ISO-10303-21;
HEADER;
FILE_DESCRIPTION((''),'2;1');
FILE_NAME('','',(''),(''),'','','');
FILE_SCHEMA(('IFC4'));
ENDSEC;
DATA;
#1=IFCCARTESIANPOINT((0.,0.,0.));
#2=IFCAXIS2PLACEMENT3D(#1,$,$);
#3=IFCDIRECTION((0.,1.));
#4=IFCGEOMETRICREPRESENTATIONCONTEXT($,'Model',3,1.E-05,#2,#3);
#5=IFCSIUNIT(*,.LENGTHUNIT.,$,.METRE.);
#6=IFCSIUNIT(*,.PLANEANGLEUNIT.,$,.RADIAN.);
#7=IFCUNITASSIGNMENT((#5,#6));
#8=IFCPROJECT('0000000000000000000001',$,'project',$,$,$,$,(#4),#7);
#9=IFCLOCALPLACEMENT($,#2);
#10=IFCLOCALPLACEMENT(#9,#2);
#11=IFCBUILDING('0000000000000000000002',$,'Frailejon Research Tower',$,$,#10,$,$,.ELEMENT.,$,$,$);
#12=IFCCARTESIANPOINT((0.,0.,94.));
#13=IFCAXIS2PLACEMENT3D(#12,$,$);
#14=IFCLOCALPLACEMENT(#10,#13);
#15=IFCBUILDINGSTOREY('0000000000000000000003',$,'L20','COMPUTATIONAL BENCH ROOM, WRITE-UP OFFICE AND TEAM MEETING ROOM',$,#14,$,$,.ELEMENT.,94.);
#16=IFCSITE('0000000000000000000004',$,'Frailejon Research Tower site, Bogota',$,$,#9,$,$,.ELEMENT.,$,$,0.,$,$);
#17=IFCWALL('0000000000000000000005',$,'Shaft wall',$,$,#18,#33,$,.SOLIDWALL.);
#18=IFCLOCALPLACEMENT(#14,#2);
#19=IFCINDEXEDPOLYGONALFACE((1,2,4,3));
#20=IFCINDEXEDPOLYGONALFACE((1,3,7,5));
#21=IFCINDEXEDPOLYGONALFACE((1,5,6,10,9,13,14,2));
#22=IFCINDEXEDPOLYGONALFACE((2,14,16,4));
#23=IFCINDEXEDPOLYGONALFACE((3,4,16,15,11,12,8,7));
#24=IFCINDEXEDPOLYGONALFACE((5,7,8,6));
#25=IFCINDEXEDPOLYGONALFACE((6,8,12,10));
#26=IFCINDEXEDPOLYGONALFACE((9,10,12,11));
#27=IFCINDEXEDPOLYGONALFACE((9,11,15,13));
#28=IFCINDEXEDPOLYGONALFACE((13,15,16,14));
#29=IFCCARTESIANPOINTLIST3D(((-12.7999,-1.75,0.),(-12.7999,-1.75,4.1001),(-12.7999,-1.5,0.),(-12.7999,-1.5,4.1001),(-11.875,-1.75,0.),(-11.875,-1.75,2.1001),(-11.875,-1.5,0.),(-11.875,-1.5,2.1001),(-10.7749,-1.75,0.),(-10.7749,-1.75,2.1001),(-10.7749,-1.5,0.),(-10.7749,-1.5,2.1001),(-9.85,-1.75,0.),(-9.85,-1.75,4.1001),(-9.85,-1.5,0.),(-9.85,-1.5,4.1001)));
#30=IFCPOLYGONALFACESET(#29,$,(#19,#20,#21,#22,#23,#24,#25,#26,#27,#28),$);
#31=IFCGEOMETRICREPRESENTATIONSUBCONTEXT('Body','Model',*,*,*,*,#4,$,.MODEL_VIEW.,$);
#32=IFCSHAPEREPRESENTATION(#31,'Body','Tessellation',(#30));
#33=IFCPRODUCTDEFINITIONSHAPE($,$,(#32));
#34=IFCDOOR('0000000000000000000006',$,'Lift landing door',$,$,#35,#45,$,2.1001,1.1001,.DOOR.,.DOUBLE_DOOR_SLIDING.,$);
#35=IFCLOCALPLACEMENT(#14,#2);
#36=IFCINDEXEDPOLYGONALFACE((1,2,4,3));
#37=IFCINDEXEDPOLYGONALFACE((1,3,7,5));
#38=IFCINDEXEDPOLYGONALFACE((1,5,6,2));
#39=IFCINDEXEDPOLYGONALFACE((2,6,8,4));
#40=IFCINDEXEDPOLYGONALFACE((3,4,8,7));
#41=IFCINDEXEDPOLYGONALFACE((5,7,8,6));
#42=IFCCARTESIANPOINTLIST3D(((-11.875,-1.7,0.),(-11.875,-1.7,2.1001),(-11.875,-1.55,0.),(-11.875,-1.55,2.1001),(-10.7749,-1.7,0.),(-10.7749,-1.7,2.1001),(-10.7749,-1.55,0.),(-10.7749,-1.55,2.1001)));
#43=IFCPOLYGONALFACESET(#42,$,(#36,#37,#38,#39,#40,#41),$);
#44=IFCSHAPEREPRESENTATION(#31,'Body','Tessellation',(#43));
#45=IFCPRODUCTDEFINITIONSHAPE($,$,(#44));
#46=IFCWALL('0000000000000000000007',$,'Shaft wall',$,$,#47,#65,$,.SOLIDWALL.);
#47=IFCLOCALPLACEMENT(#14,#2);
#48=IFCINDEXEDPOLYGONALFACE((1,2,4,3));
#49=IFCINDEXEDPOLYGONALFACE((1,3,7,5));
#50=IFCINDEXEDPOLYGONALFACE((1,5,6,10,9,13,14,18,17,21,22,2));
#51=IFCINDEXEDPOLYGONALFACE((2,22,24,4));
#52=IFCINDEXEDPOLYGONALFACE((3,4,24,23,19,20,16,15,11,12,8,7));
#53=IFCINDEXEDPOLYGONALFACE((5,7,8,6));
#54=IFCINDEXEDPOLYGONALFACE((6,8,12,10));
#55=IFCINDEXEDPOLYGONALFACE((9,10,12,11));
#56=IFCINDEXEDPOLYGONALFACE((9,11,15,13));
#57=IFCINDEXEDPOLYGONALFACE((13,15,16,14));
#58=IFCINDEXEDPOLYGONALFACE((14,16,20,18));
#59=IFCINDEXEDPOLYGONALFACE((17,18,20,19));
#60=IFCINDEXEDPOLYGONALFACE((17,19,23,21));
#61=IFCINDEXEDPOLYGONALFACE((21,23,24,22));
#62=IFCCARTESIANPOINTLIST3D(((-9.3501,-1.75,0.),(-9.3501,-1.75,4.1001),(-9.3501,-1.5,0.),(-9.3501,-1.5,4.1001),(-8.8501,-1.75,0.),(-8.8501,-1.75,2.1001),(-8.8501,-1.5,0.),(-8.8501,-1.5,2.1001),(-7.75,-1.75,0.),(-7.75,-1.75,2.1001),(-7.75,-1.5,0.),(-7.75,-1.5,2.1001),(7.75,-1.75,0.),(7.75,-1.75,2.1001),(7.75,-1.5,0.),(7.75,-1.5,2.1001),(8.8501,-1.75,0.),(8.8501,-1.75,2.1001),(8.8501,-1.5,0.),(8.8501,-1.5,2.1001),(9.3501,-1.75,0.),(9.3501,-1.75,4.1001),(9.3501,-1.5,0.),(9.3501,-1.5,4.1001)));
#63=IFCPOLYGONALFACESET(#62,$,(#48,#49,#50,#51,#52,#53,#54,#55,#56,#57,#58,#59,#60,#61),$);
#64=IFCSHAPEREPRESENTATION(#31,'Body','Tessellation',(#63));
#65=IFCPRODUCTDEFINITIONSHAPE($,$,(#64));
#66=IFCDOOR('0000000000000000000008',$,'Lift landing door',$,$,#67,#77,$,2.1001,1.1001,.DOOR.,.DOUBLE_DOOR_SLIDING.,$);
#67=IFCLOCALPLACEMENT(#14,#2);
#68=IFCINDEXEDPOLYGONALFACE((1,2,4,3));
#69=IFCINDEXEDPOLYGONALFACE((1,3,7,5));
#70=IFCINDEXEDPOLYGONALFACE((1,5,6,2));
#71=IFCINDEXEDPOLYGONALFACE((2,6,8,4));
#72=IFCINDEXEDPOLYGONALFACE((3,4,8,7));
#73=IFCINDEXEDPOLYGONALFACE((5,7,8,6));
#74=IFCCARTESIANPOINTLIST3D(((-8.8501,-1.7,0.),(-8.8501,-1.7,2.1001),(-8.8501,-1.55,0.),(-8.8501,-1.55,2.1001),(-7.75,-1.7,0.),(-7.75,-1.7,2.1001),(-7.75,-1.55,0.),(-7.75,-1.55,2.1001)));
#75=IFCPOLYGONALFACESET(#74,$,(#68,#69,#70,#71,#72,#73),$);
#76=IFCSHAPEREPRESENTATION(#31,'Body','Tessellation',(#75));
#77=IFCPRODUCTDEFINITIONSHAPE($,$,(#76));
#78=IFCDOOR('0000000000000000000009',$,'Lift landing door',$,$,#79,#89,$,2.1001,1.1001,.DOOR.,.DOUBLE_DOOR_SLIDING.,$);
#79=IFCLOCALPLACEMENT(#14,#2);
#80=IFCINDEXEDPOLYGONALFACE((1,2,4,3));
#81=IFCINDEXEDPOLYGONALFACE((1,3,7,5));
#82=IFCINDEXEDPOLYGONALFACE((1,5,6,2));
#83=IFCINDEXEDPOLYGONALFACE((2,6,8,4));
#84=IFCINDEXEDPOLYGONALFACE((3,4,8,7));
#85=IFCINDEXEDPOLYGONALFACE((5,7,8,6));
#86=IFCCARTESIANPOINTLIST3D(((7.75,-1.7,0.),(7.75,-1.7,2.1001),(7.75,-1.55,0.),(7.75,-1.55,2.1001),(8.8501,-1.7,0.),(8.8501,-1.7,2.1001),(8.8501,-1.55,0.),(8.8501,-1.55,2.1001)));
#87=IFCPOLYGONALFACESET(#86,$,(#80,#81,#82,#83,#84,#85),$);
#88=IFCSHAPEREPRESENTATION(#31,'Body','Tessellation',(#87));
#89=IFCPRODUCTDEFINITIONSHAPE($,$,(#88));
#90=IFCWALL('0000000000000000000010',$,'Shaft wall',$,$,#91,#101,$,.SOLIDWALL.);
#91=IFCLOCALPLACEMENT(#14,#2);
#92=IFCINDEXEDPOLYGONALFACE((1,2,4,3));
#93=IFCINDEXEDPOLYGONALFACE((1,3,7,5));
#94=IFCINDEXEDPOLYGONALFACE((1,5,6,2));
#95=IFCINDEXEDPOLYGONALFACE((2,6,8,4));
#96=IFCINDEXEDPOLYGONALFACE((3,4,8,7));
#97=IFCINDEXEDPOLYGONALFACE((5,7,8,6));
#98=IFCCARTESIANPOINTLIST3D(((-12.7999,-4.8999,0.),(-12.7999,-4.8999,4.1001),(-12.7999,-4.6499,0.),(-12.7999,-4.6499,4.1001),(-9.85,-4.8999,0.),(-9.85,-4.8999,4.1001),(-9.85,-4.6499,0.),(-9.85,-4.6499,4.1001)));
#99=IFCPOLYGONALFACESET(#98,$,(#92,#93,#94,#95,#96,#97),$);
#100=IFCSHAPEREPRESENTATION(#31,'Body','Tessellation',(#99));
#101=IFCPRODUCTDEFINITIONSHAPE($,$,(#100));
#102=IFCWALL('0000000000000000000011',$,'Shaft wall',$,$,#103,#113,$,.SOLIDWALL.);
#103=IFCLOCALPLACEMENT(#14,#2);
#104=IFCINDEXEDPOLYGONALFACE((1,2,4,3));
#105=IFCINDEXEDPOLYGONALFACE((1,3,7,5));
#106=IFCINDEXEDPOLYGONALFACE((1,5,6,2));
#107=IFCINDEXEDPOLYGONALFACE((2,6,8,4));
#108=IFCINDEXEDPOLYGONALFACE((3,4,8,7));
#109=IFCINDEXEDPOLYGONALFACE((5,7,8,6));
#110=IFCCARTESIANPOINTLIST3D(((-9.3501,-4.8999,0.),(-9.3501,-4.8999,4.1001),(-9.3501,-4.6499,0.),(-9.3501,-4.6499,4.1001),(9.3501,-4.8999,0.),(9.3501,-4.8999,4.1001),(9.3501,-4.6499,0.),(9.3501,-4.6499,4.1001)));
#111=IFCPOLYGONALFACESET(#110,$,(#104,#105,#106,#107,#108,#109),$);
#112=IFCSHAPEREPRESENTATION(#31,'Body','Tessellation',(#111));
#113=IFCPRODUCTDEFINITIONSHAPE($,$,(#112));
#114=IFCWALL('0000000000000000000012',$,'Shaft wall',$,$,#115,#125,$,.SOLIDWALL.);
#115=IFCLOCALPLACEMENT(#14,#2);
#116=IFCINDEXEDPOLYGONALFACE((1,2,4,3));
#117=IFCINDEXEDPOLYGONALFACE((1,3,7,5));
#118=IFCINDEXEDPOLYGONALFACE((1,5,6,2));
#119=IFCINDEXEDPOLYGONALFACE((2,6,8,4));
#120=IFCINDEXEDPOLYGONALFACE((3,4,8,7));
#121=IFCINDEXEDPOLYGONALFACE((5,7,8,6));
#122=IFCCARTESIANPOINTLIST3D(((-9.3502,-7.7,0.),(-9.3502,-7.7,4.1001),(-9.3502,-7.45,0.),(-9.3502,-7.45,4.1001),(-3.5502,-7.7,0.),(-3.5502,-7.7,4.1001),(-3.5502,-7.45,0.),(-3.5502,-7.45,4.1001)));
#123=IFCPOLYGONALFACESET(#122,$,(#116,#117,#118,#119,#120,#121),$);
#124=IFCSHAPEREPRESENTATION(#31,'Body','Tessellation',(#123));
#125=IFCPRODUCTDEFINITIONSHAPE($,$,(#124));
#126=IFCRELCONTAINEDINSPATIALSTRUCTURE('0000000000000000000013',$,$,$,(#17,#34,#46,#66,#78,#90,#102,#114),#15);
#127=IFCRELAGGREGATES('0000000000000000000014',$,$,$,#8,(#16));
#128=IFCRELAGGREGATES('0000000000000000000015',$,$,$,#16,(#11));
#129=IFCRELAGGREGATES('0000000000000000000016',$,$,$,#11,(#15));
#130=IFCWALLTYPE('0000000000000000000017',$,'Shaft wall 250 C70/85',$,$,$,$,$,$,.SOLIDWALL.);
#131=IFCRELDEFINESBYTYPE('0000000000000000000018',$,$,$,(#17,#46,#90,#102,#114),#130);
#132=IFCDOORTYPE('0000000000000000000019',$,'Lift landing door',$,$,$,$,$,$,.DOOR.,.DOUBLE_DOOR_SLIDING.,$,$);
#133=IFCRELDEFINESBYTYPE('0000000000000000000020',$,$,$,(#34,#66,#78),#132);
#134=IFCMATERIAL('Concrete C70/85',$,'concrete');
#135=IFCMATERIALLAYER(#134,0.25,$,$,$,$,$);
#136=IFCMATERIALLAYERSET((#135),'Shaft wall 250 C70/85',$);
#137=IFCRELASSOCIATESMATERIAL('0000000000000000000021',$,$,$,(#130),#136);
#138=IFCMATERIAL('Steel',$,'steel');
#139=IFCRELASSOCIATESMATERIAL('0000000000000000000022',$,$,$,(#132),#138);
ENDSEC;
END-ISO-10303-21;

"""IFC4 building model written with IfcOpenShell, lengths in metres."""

from ifc_helpers import new_model, si_unit, direction, frame, frame_2d, origin, place, context, subcontext, project, spatial, rectangle, extrude, material, layer, layer_set, type_object, element, fill, save


model = new_model("IFC4")

# Units and contexts
model_context = context("Model", 3, precision=1e-05, world=origin(), true_north=direction((0.0, 1.0)))
body_context = subcontext(model_context, "Body", "Model", "MODEL_VIEW")
ifc_project = project(units=[si_unit("LENGTHUNIT", "METRE"), si_unit("PLANEANGLEUNIT", "RADIAN")], contexts=[model_context])

# Site, building, storey
site_placement = place(None, origin())
site = spatial("IfcSite", under=ifc_project, at=site_placement, Name="Frailejon Research Tower site, Bogota", CompositionType="ELEMENT", RefElevation=0.0)
building_placement = place(site_placement, origin())
building = spatial("IfcBuilding", under=site, at=building_placement, Name="Frailejon Research Tower", CompositionType="ELEMENT")
storey_placement = place(building_placement, frame((0.0, 0.0, 94.0)))
storey = spatial("IfcBuildingStorey", under=building, at=storey_placement, Name="L20", Description="COMPUTATIONAL BENCH ROOM, WRITE-UP OFFICE AND TEAM MEETING ROOM", CompositionType="ELEMENT", Elevation=94.0)

# Wall, opening, door
ifc_material_1 = material(Name="Concrete C70/85", Category="concrete")
ifc_layer = layer(ifc_material_1, 0.25)
ifc_layer_set = layer_set([ifc_layer], Name="Shaft wall 250 C70/85")
wall_type = type_object("IfcWallType", Name="Shaft wall 250 C70/85", PredefinedType="SOLIDWALL", material=ifc_layer_set)
wall_1_placement = place(storey_placement, frame((-12.8, -1.625, 0.0), z_axis=(0.0, 0.0, 1.0), x_axis=(1.0, 0.0, 0.0)))
wall_1 = element("IfcWall", 1, at=wall_1_placement, inside=storey, type_object=wall_type, Name="Shaft wall", PredefinedType="SOLIDWALL", context=body_context, shape_type="SweptSolid", body=[
    extrude(rectangle(XDim=2.95, YDim=0.25, at=frame_2d((1.4751, 0.0))), origin(), (0.0, 0.0, 1.0), 4.1001),
])
opening_1_placement = place(wall_1_placement, frame((0.925, 0.0, 0.0)))
opening_1 = element("IfcOpeningElement", 2, at=opening_1_placement, cuts=wall_1, PredefinedType="OPENING", context=body_context, shape_type="SweptSolid", body=[
    extrude(rectangle(XDim=1.1001, YDim=2.1001, at=frame_2d((0.55, 1.05))), frame((0.0, 0.135, 0.0), z_axis=(0.0, -1.0, 0.0), x_axis=(1.0, 0.0, 0.0)), (0.0, 0.0, 1.0), 0.27),
])
ifc_material_2 = material(Name="Steel", Category="steel")
door_type = type_object("IfcDoorType", Name="Lift landing door", OperationType="DOUBLE_DOOR_SLIDING", PredefinedType="DOOR", material=ifc_material_2)
door_1_placement = place(opening_1_placement, origin())
door_1 = element("IfcDoor", 3, at=door_1_placement, inside=storey, type_object=door_type, Name="Lift landing door", OperationType="DOUBLE_DOOR_SLIDING", OverallHeight=2.1001, OverallWidth=1.1001, PredefinedType="DOOR", context=body_context, shape_type="SweptSolid", body=[
    extrude(rectangle(XDim=1.1001, YDim=2.1001, at=frame_2d((0.55, 1.05))), frame((0.0, 0.075, 0.0), z_axis=(0.0, -1.0, 0.0), x_axis=(1.0, 0.0, 0.0)), (0.0, 0.0, 1.0), 0.1499),
])
fill(opening_1, door_1)

# Wall, openings, doors
wall_2_placement = place(storey_placement, frame((-9.3501, -1.625, 0.0), z_axis=(0.0, 0.0, 1.0), x_axis=(1.0, 0.0, 0.0)))
wall_2 = element("IfcWall", 4, at=wall_2_placement, inside=storey, type_object=wall_type, Name="Shaft wall", PredefinedType="SOLIDWALL", context=body_context, shape_type="SweptSolid", body=[
    extrude(rectangle(XDim=18.7002, YDim=0.25, at=frame_2d((9.3501, 0.0))), origin(), (0.0, 0.0, 1.0), 4.1001),
])
opening_2_placement = place(wall_2_placement, frame((0.5, 0.0, 0.0)))
opening_2 = element("IfcOpeningElement", 5, at=opening_2_placement, cuts=wall_2, PredefinedType="OPENING", context=body_context, shape_type="SweptSolid", body=[
    extrude(rectangle(XDim=1.1001, YDim=2.1001, at=frame_2d((0.55, 1.05))), frame((0.0, 0.135, 0.0), z_axis=(0.0, -1.0, 0.0), x_axis=(1.0, 0.0, 0.0)), (0.0, 0.0, 1.0), 0.27),
])
opening_3_placement = place(wall_2_placement, frame((17.1001, 0.0, 0.0)))
opening_3 = element("IfcOpeningElement", 6, at=opening_3_placement, cuts=wall_2, PredefinedType="OPENING", context=body_context, shape_type="SweptSolid", body=[
    extrude(rectangle(XDim=1.1001, YDim=2.1001, at=frame_2d((0.55, 1.05))), frame((0.0, 0.135, 0.0), z_axis=(0.0, -1.0, 0.0), x_axis=(1.0, 0.0, 0.0)), (0.0, 0.0, 1.0), 0.27),
])
door_2_placement = place(opening_2_placement, origin())
door_2 = element("IfcDoor", 7, at=door_2_placement, inside=storey, type_object=door_type, Name="Lift landing door", OperationType="DOUBLE_DOOR_SLIDING", OverallHeight=2.1001, OverallWidth=1.1001, PredefinedType="DOOR", context=body_context, shape_type="SweptSolid", body=[
    extrude(rectangle(XDim=1.1001, YDim=2.1001, at=frame_2d((0.55, 1.05))), frame((0.0, 0.075, 0.0), z_axis=(0.0, -1.0, 0.0), x_axis=(1.0, 0.0, 0.0)), (0.0, 0.0, 1.0), 0.1499),
])
fill(opening_2, door_2)
door_3_placement = place(opening_3_placement, origin())
door_3 = element("IfcDoor", 8, at=door_3_placement, inside=storey, type_object=door_type, Name="Lift landing door", OperationType="DOUBLE_DOOR_SLIDING", OverallHeight=2.1001, OverallWidth=1.1001, PredefinedType="DOOR", context=body_context, shape_type="SweptSolid", body=[
    extrude(rectangle(XDim=1.1001, YDim=2.1001, at=frame_2d((0.55, 1.05))), frame((0.0, 0.075, 0.0), z_axis=(0.0, -1.0, 0.0), x_axis=(1.0, 0.0, 0.0)), (0.0, 0.0, 1.0), 0.1499),
])
fill(opening_3, door_3)

# Walls
wall_3_placement = place(storey_placement, frame((-12.8, -4.7749, 0.0), z_axis=(0.0, 0.0, 1.0), x_axis=(1.0, 0.0, 0.0)))
element("IfcWall", 9, at=wall_3_placement, inside=storey, type_object=wall_type, Name="Shaft wall", PredefinedType="SOLIDWALL", context=body_context, shape_type="SweptSolid", body=[
    extrude(rectangle(XDim=2.95, YDim=0.25, at=frame_2d((1.4751, 0.0))), origin(), (0.0, 0.0, 1.0), 4.1001),
])
wall_4_placement = place(storey_placement, frame((-9.3501, -4.7749, 0.0), z_axis=(0.0, 0.0, 1.0), x_axis=(1.0, 0.0, 0.0)))
element("IfcWall", 10, at=wall_4_placement, inside=storey, type_object=wall_type, Name="Shaft wall", PredefinedType="SOLIDWALL", context=body_context, shape_type="SweptSolid", body=[
    extrude(rectangle(XDim=18.7002, YDim=0.25, at=frame_2d((9.3501, 0.0))), origin(), (0.0, 0.0, 1.0), 4.1001),
])
wall_5_placement = place(storey_placement, frame((-9.3501, -7.575, 0.0), z_axis=(0.0, 0.0, 1.0), x_axis=(1.0, 0.0, 0.0)))
element("IfcWall", 11, at=wall_5_placement, inside=storey, type_object=wall_type, Name="Shaft wall", PredefinedType="SOLIDWALL", context=body_context, shape_type="SweptSolid", body=[
    extrude(rectangle(XDim=5.8, YDim=0.25, at=frame_2d((2.8999, 0.0))), origin(), (0.0, 0.0, 1.0), 4.1001),
])

save(model, "model.ifc")
